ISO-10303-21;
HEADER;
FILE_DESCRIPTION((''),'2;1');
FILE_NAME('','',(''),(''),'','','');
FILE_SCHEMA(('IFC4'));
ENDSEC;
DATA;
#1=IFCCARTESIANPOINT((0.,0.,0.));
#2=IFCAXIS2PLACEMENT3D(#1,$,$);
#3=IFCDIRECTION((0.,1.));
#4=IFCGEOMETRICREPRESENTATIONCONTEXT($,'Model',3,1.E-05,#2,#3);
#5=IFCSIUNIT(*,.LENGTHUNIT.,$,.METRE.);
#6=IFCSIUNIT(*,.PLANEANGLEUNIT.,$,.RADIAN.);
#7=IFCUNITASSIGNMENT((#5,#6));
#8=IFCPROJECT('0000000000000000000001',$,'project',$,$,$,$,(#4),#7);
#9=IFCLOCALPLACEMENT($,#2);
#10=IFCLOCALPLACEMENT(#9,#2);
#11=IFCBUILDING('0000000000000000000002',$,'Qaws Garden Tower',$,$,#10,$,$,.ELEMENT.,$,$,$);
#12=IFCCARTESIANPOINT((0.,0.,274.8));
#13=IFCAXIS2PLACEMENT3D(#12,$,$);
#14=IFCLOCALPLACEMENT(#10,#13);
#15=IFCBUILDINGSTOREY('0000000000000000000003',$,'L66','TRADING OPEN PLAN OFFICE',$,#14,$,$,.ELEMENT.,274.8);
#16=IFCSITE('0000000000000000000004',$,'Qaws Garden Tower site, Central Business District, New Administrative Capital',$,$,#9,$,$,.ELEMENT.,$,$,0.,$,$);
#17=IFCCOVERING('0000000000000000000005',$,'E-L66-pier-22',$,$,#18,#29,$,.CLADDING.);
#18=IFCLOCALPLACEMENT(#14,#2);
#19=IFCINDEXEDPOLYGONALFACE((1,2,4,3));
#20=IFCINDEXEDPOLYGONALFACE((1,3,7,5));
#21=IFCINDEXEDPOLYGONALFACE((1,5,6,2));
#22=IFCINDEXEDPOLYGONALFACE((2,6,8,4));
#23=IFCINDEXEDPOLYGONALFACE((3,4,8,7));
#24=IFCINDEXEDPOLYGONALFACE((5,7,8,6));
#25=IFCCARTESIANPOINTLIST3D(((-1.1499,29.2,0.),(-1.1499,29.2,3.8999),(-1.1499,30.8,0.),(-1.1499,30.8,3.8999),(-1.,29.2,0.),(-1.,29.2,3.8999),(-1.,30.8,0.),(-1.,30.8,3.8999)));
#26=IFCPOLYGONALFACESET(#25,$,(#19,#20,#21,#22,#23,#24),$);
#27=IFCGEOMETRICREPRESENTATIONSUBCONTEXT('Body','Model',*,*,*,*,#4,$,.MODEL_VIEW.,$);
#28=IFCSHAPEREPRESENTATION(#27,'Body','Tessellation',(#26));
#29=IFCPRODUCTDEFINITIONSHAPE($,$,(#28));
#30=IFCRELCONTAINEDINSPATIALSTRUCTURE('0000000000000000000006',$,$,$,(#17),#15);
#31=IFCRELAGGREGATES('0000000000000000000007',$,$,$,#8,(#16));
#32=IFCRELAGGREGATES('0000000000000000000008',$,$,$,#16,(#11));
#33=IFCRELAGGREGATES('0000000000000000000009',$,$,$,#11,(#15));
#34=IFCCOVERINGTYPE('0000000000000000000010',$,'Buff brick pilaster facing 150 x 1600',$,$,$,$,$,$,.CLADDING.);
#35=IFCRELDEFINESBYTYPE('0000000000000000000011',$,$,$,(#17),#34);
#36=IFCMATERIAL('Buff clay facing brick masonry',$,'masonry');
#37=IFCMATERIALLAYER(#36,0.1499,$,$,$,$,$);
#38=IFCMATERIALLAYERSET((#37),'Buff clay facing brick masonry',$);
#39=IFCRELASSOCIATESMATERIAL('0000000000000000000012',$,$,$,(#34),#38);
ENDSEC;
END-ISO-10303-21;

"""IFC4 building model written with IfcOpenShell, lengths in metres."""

from ifc_helpers import new_model, si_unit, direction, frame, origin, place, context, subcontext, project, spatial, polyline, outline, extrude, material, layer, layer_set, type_object, element, save


model = new_model("IFC4")

# Units and contexts
model_context = context("Model", 3, precision=1e-05, world=origin(), true_north=direction((0.0, 1.0)))
body_context = subcontext(model_context, "Body", "Model", "MODEL_VIEW")
ifc_project = project(units=[si_unit("LENGTHUNIT", "METRE"), si_unit("PLANEANGLEUNIT", "RADIAN")], contexts=[model_context])

# Site, building, storey
site_placement = place(None, origin())
site = spatial("IfcSite", under=ifc_project, at=site_placement, Name="Qaws Garden Tower site, Central Business District, New Administrative Capital", CompositionType="ELEMENT", RefElevation=0.0)
building_placement = place(site_placement, origin())
building = spatial("IfcBuilding", under=site, at=building_placement, Name="Qaws Garden Tower", CompositionType="ELEMENT")
storey_placement = place(building_placement, frame((0.0, 0.0, 274.8)))
storey = spatial("IfcBuildingStorey", under=building, at=storey_placement, Name="L66", Description="TRADING OPEN PLAN OFFICE", CompositionType="ELEMENT", Elevation=274.8)

# Shared definitions
placement = place(storey_placement, origin())

# Covering
ifc_material_1 = material(Name="Buff clay facing brick masonry", Category="masonry")
ifc_layer_1 = layer(ifc_material_1, 0.1499)
ifc_layer_set_1 = layer_set([ifc_layer_1], Name="Buff clay facing brick masonry")
covering_type = type_object("IfcCoveringType", Name="Buff brick pilaster facing 150 x 1600", PredefinedType="CLADDING", material=ifc_layer_set_1)
element("IfcCovering", 1, at=placement, inside=storey, type_object=covering_type, Name="E-L66-pier-22", PredefinedType="CLADDING", context=body_context, shape_type="SweptSolid", body=[
    extrude(outline(polyline([(-1.0, 30.8), (-1.0, 29.2), (-1.1499, 29.2), (-1.1499, 30.8), (-1.0, 30.8)])), origin(), (0.0, 0.0, 1.0), 3.8999),
])

save(model, "model.ifc")
